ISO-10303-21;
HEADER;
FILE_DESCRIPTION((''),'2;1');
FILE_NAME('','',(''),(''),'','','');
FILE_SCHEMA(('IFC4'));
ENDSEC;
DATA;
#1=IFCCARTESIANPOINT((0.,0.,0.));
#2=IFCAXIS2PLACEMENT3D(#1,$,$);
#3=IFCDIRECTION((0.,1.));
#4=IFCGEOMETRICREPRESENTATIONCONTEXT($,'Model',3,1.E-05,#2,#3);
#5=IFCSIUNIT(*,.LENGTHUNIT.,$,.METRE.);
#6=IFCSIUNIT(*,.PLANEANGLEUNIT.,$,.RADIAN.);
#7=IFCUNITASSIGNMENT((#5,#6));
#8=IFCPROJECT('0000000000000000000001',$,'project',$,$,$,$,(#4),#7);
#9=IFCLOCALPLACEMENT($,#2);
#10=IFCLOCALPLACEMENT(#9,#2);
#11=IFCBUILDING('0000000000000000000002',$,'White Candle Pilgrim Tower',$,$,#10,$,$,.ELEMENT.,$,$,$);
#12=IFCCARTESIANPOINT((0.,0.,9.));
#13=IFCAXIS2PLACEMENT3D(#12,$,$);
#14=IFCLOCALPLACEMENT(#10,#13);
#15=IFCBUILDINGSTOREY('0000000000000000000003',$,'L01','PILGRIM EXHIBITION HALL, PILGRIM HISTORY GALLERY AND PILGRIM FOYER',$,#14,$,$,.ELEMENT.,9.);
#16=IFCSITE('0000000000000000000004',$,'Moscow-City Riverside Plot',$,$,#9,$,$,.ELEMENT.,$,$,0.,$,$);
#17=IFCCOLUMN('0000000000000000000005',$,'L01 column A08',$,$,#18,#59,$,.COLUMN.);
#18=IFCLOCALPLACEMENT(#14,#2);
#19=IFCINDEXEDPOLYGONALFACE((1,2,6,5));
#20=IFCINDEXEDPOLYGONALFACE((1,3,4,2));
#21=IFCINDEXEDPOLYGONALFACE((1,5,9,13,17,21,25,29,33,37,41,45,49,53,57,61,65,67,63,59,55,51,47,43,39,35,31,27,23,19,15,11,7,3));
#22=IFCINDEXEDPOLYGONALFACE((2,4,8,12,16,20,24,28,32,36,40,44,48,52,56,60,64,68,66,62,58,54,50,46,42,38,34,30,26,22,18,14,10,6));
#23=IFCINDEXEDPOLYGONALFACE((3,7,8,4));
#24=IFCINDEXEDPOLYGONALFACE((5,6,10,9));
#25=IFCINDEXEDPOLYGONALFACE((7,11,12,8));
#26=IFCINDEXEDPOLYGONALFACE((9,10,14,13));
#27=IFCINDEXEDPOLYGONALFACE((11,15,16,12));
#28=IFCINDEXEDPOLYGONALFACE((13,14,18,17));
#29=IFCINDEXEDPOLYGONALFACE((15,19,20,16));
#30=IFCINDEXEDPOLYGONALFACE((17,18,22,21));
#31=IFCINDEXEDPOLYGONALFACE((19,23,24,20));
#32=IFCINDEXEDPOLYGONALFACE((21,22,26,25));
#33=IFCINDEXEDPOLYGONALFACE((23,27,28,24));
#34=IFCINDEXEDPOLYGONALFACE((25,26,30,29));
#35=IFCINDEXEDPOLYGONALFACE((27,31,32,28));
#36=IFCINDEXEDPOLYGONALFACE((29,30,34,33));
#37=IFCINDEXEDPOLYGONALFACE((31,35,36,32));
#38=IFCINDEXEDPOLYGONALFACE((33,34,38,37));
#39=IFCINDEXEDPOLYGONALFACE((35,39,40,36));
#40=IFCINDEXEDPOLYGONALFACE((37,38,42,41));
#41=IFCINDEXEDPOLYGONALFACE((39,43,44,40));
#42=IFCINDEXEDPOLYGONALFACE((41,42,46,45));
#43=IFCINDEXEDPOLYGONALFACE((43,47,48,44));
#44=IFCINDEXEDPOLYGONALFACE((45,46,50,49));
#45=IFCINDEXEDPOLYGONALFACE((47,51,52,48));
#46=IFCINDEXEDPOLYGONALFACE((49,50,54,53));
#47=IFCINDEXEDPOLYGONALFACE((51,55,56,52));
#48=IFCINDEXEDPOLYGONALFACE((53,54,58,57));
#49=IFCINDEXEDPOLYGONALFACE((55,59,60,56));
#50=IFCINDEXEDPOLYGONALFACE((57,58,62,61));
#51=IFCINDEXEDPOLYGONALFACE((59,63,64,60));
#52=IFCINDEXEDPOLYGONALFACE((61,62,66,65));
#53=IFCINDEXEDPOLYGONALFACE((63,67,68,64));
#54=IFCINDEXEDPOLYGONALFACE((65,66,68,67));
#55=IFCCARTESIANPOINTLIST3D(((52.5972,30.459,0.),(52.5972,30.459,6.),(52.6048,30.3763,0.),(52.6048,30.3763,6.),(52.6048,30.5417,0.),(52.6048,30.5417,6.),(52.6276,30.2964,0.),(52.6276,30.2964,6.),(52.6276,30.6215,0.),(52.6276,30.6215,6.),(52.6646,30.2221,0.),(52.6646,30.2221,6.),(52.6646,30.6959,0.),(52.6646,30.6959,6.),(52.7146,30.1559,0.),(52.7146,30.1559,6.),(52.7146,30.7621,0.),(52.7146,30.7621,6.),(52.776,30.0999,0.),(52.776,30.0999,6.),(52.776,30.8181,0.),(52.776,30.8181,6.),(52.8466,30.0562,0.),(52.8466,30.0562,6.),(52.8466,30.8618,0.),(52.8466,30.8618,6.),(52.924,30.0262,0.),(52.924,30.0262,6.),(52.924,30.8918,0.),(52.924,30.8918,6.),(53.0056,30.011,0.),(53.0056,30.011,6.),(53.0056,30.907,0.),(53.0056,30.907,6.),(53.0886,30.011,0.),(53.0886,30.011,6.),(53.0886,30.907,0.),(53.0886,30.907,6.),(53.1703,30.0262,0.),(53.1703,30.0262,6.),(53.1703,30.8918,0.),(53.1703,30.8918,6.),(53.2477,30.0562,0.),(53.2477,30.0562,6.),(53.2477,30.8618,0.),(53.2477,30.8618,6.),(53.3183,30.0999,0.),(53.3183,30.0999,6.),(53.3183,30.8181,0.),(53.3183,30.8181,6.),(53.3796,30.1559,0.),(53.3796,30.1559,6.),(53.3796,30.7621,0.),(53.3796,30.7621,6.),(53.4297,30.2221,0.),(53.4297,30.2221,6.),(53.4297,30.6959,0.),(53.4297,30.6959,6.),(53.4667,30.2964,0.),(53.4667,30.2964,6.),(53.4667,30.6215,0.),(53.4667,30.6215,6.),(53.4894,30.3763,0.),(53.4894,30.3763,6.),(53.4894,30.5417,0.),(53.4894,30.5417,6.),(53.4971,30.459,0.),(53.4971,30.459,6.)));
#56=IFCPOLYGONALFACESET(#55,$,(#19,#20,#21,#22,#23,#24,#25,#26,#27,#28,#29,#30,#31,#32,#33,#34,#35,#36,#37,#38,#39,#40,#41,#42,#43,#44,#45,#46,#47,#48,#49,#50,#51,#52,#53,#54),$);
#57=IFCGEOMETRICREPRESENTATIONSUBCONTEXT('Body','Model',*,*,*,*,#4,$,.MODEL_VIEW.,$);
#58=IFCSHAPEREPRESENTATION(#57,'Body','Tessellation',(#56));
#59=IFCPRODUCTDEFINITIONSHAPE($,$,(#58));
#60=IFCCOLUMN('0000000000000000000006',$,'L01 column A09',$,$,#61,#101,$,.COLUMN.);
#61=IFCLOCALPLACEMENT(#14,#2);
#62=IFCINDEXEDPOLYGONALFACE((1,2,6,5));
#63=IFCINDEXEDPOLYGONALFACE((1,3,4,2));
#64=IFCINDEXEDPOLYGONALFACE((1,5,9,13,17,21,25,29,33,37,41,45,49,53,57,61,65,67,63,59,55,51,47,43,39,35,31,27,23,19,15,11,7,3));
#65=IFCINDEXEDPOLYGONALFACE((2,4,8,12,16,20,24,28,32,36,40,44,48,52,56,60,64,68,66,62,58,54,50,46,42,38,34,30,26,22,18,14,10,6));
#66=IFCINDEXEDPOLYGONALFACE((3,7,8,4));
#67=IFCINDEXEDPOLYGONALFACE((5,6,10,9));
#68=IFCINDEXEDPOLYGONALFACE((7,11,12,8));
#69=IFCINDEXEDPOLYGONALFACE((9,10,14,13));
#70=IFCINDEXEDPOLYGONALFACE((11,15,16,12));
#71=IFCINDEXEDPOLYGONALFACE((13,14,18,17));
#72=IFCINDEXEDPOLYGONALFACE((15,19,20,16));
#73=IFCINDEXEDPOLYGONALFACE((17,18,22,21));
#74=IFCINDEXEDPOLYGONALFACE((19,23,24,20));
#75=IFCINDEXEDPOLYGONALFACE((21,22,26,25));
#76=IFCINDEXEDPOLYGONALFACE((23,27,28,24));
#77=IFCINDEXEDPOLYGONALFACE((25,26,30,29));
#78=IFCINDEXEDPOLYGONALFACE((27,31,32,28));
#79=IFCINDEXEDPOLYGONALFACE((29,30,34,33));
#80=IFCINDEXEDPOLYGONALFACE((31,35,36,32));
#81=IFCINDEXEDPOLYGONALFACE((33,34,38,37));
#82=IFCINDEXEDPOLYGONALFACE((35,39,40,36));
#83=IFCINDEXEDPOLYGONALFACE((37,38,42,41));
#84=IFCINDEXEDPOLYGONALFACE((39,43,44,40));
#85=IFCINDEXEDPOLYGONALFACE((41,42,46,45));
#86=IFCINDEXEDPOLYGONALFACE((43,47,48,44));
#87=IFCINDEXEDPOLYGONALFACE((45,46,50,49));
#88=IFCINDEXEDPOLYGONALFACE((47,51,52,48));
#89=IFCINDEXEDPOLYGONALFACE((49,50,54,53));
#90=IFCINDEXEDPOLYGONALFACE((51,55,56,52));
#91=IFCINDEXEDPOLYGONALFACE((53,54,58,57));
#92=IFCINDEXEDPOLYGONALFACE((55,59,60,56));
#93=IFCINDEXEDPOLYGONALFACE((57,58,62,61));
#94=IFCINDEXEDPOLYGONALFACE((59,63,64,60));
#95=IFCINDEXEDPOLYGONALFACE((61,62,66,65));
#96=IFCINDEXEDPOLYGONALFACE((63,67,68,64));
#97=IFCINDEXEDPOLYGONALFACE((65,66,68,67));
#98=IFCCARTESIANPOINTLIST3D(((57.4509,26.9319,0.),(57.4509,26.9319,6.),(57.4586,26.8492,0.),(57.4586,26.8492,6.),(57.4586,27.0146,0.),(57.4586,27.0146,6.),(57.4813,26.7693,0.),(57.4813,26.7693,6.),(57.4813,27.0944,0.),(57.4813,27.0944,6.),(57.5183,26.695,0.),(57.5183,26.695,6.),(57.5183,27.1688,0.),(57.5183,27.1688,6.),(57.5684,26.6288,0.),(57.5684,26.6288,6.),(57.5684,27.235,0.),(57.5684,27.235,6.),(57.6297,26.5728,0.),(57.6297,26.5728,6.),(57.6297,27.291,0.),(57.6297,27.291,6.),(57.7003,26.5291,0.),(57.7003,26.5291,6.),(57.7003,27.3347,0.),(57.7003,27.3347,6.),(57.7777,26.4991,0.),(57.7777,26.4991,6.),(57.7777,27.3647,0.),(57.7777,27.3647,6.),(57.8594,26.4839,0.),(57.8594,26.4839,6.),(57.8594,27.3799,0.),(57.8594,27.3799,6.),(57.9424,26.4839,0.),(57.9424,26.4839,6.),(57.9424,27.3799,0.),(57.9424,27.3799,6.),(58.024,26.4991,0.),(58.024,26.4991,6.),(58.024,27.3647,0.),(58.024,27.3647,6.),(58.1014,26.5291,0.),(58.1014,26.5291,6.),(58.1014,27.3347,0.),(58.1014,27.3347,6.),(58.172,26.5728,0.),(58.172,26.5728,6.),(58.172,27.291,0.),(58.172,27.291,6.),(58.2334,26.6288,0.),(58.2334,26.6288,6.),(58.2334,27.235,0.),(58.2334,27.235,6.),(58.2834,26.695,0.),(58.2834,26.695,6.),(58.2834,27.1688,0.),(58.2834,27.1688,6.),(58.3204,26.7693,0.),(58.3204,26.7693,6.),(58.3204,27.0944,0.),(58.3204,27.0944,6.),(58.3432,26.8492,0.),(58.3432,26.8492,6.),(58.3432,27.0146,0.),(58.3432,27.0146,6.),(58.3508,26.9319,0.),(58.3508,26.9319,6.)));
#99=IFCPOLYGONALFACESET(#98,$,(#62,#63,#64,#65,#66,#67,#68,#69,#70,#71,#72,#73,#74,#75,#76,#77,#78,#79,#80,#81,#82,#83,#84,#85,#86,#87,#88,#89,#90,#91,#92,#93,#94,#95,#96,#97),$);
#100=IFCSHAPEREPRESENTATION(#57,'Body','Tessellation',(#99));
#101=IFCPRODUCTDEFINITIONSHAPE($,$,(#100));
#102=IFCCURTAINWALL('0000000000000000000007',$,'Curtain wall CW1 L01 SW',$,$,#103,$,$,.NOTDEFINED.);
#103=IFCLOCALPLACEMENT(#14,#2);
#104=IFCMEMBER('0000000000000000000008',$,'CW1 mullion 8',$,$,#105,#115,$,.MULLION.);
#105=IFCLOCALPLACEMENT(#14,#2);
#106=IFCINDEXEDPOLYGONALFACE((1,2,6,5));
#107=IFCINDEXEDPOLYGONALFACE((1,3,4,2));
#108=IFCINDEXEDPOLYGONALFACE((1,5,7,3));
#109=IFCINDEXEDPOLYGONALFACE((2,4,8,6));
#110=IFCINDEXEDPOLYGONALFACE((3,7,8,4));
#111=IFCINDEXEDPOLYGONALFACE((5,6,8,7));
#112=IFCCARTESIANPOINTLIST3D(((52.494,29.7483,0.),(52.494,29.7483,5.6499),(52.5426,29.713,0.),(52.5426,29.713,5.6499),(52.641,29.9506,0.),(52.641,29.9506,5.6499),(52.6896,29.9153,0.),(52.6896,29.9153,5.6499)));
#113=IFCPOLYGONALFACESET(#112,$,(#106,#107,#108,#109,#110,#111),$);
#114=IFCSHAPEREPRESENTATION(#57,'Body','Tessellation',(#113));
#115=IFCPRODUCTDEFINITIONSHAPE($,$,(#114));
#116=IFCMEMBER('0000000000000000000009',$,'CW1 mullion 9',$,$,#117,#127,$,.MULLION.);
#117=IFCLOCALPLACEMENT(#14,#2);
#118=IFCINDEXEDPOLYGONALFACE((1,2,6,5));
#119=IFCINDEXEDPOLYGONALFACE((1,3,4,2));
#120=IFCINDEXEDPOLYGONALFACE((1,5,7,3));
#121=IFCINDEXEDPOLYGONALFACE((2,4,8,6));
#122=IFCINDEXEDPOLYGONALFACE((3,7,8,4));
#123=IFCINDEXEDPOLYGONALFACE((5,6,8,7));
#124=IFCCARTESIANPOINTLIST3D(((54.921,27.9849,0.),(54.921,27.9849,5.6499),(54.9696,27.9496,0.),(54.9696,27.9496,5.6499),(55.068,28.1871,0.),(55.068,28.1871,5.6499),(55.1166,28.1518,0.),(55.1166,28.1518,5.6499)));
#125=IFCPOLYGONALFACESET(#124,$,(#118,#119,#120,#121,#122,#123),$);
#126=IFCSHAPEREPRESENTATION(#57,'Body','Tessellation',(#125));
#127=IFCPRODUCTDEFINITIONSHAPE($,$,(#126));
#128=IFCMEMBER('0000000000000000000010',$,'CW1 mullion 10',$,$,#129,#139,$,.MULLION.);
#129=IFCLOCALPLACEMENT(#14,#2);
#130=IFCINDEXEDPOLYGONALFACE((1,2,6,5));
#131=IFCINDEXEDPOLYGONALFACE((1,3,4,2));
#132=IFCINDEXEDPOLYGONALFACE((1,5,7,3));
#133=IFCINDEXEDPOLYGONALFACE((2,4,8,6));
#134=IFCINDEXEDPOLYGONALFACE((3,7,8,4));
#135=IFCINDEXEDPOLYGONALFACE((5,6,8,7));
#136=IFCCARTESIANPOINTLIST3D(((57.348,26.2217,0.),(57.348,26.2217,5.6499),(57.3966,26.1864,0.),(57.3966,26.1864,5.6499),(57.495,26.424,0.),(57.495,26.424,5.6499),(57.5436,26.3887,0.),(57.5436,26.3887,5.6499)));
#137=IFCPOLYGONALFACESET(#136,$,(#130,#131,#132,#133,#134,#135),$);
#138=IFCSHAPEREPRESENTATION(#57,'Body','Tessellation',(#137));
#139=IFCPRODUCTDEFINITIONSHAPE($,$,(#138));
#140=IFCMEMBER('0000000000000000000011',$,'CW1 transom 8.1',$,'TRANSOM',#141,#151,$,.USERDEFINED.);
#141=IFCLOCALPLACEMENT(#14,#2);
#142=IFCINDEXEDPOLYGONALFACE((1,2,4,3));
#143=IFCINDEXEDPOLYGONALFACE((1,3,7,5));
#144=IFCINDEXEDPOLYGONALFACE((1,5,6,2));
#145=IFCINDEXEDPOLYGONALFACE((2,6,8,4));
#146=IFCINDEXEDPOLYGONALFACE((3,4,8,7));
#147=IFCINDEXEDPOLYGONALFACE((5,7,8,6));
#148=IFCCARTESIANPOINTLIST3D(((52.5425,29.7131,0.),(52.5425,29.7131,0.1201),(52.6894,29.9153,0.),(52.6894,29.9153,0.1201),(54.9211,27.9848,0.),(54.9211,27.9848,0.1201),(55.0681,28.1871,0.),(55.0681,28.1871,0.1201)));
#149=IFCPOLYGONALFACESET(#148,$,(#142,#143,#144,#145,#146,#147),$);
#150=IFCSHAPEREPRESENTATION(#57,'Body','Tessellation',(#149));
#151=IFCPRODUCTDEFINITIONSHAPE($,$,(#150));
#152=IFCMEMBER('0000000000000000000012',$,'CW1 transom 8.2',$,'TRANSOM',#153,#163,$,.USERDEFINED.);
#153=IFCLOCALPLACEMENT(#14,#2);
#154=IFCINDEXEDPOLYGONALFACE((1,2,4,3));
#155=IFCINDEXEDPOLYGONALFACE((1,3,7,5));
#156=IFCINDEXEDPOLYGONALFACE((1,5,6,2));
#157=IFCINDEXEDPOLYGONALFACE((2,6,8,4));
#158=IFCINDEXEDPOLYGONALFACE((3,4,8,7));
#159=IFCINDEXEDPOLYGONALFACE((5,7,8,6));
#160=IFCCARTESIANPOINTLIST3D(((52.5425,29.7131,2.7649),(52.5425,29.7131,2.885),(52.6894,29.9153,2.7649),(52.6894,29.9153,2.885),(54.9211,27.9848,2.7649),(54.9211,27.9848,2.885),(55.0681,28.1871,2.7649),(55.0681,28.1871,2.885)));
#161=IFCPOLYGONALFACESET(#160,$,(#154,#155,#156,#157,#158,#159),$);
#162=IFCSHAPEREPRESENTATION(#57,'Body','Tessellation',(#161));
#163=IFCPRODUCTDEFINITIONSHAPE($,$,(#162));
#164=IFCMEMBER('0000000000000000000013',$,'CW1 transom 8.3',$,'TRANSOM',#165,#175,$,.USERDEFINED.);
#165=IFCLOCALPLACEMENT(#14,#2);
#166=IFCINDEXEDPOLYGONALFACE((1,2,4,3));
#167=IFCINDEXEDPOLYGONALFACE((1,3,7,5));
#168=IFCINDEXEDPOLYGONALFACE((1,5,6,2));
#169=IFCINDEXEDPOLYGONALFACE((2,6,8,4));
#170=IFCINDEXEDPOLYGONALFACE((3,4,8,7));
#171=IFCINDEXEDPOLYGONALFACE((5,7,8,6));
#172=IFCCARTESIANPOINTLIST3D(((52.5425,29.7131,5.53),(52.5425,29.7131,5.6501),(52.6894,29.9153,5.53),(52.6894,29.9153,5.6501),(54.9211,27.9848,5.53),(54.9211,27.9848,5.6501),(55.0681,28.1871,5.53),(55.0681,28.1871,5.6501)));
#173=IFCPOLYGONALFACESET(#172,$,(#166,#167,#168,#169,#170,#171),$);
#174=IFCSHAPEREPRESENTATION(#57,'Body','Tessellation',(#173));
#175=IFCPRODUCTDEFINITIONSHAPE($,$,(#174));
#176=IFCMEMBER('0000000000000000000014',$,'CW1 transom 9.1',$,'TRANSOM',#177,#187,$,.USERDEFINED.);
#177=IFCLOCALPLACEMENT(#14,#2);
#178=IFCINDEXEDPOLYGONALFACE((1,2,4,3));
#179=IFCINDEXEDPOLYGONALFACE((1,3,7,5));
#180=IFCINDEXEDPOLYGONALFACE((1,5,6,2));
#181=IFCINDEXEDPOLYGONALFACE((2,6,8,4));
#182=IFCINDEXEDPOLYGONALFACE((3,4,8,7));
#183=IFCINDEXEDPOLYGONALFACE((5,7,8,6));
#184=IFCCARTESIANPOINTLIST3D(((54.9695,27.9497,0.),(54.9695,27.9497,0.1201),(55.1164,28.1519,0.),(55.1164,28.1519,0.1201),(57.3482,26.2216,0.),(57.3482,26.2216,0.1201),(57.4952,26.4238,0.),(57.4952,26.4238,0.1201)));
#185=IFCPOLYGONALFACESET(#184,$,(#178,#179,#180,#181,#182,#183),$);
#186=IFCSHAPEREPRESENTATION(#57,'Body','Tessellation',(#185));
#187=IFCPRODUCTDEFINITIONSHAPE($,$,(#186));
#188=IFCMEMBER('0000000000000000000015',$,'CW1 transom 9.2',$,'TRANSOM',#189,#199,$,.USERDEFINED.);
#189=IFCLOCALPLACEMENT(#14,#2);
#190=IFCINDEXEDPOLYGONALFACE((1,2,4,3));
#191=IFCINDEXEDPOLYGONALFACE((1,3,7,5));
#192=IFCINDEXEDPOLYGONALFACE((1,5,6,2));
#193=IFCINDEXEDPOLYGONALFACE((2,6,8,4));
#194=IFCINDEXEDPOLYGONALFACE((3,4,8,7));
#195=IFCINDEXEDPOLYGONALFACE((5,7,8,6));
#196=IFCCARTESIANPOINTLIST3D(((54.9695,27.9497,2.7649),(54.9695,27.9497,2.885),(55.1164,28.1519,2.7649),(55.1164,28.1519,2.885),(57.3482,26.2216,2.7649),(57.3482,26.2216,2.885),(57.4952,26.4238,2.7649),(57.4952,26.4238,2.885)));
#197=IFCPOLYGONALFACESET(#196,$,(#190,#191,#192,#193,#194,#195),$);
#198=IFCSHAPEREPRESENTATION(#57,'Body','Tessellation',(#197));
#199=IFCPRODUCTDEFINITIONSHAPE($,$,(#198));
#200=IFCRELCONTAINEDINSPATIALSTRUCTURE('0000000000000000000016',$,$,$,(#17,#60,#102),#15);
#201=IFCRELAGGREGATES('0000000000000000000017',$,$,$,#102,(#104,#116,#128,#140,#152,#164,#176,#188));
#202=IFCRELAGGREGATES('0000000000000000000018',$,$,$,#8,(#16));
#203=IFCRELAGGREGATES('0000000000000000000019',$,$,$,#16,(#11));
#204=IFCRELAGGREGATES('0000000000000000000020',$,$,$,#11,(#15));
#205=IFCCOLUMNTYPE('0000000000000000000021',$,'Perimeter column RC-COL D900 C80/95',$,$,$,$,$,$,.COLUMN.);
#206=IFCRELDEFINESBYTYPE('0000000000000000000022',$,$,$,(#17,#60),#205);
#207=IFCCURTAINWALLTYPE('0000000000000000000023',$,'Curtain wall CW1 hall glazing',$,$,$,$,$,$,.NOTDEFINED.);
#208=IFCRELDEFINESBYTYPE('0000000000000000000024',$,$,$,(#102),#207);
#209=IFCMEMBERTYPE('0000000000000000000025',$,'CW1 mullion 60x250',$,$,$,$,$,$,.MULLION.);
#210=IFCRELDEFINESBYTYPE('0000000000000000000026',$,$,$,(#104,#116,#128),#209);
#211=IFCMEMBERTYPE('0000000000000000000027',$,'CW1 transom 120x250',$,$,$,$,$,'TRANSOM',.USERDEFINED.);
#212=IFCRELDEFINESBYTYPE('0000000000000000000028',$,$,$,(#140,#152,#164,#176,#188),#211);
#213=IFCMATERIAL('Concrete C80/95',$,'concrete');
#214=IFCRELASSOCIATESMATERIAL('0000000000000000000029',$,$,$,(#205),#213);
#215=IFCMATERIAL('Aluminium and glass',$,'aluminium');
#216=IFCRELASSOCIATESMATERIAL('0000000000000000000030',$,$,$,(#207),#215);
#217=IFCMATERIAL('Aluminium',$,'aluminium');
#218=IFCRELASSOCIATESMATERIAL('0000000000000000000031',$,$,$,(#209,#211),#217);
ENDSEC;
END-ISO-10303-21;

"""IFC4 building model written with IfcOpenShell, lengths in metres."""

from ifc_helpers import new_model, si_unit, direction, frame, origin, origin_2d, place, context, subcontext, project, spatial, rectangle, circle, extrude, material, material_profile, profile_set, type_object, element, aggregate, save


model = new_model("IFC4")

# Units and contexts
model_context = context("Model", 3, precision=1e-05, world=origin(), true_north=direction((0.0, 1.0)))
body_context = subcontext(model_context, "Body", "Model", "MODEL_VIEW")
ifc_project = project(units=[si_unit("LENGTHUNIT", "METRE"), si_unit("PLANEANGLEUNIT", "RADIAN")], contexts=[model_context])

# Site, building, storey
site_placement = place(None, origin())
site = spatial("IfcSite", under=ifc_project, at=site_placement, Name="Moscow-City Riverside Plot", CompositionType="ELEMENT", RefElevation=0.0)
building_placement = place(site_placement, origin())
building = spatial("IfcBuilding", under=site, at=building_placement, Name="White Candle Pilgrim Tower", CompositionType="ELEMENT")
storey_placement = place(building_placement, frame((0.0, 0.0, 9.0)))
storey = spatial("IfcBuildingStorey", under=building, at=storey_placement, Name="L01", Description="PILGRIM EXHIBITION HALL, PILGRIM HISTORY GALLERY AND PILGRIM FOYER", CompositionType="ELEMENT", Elevation=9.0)

# Columns
ifc_material_1 = material(Name="Concrete C80/95", Category="concrete")
ifc_material_profile_1 = material_profile(ifc_material_1, circle(Radius=0.45, at=origin_2d()), Name="RC-COL D900")
ifc_profile_set_1 = profile_set([ifc_material_profile_1], Name="Concrete C80/95")
column_type = type_object("IfcColumnType", Name="Perimeter column RC-COL D900 C80/95", PredefinedType="COLUMN", material=ifc_profile_set_1)
for number, where, z_axis, x_axis, name in (
    (1, (53.0471, 30.459, 0.0), (0.0, 0.0, 1.0), (1.0, 0.0, 0.0), "L01 column A08"),
    (2, (57.9009, 26.9319, 0.0), (0.0, 0.0, 1.0), (1.0, 0.0, 0.0), "L01 column A09"),
):
    element("IfcColumn", number, at=place(storey_placement, frame(where, z_axis=z_axis, x_axis=x_axis)), inside=storey, type_object=column_type, Name=name, PredefinedType="COLUMN", context=body_context, shape_type="SweptSolid", body=[
        extrude(circle(Radius=0.45, at=origin_2d()), origin(), (0.0, 0.0, 1.0), 6.0),
    ])

# Curtain wall, members
ifc_material_2 = material(Name="Aluminium and glass", Category="aluminium")
curtain_wall_type = type_object("IfcCurtainWallType", Name="Curtain wall CW1 hall glazing", PredefinedType="NOTDEFINED", material=ifc_material_2)
curtain_wall_placement = place(storey_placement, origin())
curtain_wall = element("IfcCurtainWall", 3, at=curtain_wall_placement, inside=storey, type_object=curtain_wall_type, Name="Curtain wall CW1 L01 SW", PredefinedType="NOTDEFINED")
ifc_material_3 = material(Name="Aluminium", Category="aluminium")
ifc_material_profile_2 = material_profile(ifc_material_3, rectangle(XDim=0.25, YDim=0.0601, at=origin_2d()), Name="CW1 mullion 60x250")
ifc_profile_set_2 = profile_set([ifc_material_profile_2], Name="Aluminium")
member_type_1 = type_object("IfcMemberType", Name="CW1 mullion 60x250", PredefinedType="MULLION", material=ifc_profile_set_2)
member_1_placement = place(storey_placement, frame((52.5918, 29.8318, 0.0), z_axis=(0.0, 0.0, 1.0), x_axis=(0.587785, 0.809017, 0.0)))
member_1 = element("IfcMember", 4, at=member_1_placement, type_object=member_type_1, Name="CW1 mullion 8", PredefinedType="MULLION", context=body_context, shape_type="SweptSolid", body=[
    extrude(rectangle(XDim=0.25, YDim=0.0601, at=origin_2d()), origin(), (0.0, 0.0, 1.0), 5.6499),
])
member_2_placement = place(storey_placement, frame((55.0188, 28.0684, 0.0), z_axis=(0.0, 0.0, 1.0), x_axis=(0.587785, 0.809017, 0.0)))
member_2 = element("IfcMember", 5, at=member_2_placement, type_object=member_type_1, Name="CW1 mullion 9", PredefinedType="MULLION", context=body_context, shape_type="SweptSolid", body=[
    extrude(rectangle(XDim=0.25, YDim=0.0601, at=origin_2d()), origin(), (0.0, 0.0, 1.0), 5.6499),
])
member_3_placement = place(storey_placement, frame((57.4458, 26.3052, 0.0), z_axis=(0.0, 0.0, 1.0), x_axis=(0.587785, 0.809017, 0.0)))
member_3 = element("IfcMember", 6, at=member_3_placement, type_object=member_type_1, Name="CW1 mullion 10", PredefinedType="MULLION", context=body_context, shape_type="SweptSolid", body=[
    extrude(rectangle(XDim=0.25, YDim=0.0601, at=origin_2d()), origin(), (0.0, 0.0, 1.0), 5.6499),
])
ifc_material_profile_3 = material_profile(ifc_material_3, rectangle(XDim=0.25, YDim=0.1201, at=origin_2d()), Name="CW1 transom 120x250")
ifc_profile_set_3 = profile_set([ifc_material_profile_3], Name="Aluminium")
member_type_2 = type_object("IfcMemberType", Name="CW1 transom 120x250", ElementType="TRANSOM", PredefinedType="USERDEFINED", material=ifc_profile_set_3)
member_4_placement = place(storey_placement, frame((52.616, 29.8142, 0.0601), z_axis=(0.809005, -0.587801, 0.0), x_axis=(0.587801, 0.809005, 0.0)))
member_4 = element("IfcMember", 7, at=member_4_placement, type_object=member_type_2, Name="CW1 transom 8.1", ObjectType="TRANSOM", PredefinedType="USERDEFINED", context=body_context, shape_type="SweptSolid", body=[
    extrude(rectangle(XDim=0.25, YDim=0.1201, at=origin_2d()), origin(), (0.0, 0.0, 1.0), 2.9402),
])
member_5_placement = place(storey_placement, frame((52.616, 29.8142, 2.825), z_axis=(0.809005, -0.587801, 0.0), x_axis=(0.587801, 0.809005, 0.0)))
member_5 = element("IfcMember", 8, at=member_5_placement, type_object=member_type_2, Name="CW1 transom 8.2", ObjectType="TRANSOM", PredefinedType="USERDEFINED", context=body_context, shape_type="SweptSolid", body=[
    extrude(rectangle(XDim=0.25, YDim=0.1201, at=origin_2d()), origin(), (0.0, 0.0, 1.0), 2.9402),
])
member_6_placement = place(storey_placement, frame((52.616, 29.8142, 5.5901), z_axis=(0.809005, -0.587801, 0.0), x_axis=(0.587801, 0.809005, 0.0)))
member_6 = element("IfcMember", 9, at=member_6_placement, type_object=member_type_2, Name="CW1 transom 8.3", ObjectType="TRANSOM", PredefinedType="USERDEFINED", context=body_context, shape_type="SweptSolid", body=[
    extrude(rectangle(XDim=0.25, YDim=0.1201, at=origin_2d()), origin(), (0.0, 0.0, 1.0), 2.9402),
])
member_7_placement = place(storey_placement, frame((55.043, 28.0508, 0.0601), z_axis=(0.809045, -0.587747, 0.0), x_axis=(0.587747, 0.809045, 0.0)))
member_7 = element("IfcMember", 10, at=member_7_placement, type_object=member_type_2, Name="CW1 transom 9.1", ObjectType="TRANSOM", PredefinedType="USERDEFINED", context=body_context, shape_type="SweptSolid", body=[
    extrude(rectangle(XDim=0.25, YDim=0.1201, at=origin_2d()), origin(), (0.0, 0.0, 1.0), 2.9402),
])
member_8_placement = place(storey_placement, frame((55.043, 28.0508, 2.825), z_axis=(0.809045, -0.587747, 0.0), x_axis=(0.587747, 0.809045, 0.0)))
member_8 = element("IfcMember", 11, at=member_8_placement, type_object=member_type_2, Name="CW1 transom 9.2", ObjectType="TRANSOM", PredefinedType="USERDEFINED", context=body_context, shape_type="SweptSolid", body=[
    extrude(rectangle(XDim=0.25, YDim=0.1201, at=origin_2d()), origin(), (0.0, 0.0, 1.0), 2.9402),
])

aggregate(curtain_wall, [member_1, member_2, member_3, member_4, member_5, member_6, member_7, member_8])

save(model, "model.ifc")
